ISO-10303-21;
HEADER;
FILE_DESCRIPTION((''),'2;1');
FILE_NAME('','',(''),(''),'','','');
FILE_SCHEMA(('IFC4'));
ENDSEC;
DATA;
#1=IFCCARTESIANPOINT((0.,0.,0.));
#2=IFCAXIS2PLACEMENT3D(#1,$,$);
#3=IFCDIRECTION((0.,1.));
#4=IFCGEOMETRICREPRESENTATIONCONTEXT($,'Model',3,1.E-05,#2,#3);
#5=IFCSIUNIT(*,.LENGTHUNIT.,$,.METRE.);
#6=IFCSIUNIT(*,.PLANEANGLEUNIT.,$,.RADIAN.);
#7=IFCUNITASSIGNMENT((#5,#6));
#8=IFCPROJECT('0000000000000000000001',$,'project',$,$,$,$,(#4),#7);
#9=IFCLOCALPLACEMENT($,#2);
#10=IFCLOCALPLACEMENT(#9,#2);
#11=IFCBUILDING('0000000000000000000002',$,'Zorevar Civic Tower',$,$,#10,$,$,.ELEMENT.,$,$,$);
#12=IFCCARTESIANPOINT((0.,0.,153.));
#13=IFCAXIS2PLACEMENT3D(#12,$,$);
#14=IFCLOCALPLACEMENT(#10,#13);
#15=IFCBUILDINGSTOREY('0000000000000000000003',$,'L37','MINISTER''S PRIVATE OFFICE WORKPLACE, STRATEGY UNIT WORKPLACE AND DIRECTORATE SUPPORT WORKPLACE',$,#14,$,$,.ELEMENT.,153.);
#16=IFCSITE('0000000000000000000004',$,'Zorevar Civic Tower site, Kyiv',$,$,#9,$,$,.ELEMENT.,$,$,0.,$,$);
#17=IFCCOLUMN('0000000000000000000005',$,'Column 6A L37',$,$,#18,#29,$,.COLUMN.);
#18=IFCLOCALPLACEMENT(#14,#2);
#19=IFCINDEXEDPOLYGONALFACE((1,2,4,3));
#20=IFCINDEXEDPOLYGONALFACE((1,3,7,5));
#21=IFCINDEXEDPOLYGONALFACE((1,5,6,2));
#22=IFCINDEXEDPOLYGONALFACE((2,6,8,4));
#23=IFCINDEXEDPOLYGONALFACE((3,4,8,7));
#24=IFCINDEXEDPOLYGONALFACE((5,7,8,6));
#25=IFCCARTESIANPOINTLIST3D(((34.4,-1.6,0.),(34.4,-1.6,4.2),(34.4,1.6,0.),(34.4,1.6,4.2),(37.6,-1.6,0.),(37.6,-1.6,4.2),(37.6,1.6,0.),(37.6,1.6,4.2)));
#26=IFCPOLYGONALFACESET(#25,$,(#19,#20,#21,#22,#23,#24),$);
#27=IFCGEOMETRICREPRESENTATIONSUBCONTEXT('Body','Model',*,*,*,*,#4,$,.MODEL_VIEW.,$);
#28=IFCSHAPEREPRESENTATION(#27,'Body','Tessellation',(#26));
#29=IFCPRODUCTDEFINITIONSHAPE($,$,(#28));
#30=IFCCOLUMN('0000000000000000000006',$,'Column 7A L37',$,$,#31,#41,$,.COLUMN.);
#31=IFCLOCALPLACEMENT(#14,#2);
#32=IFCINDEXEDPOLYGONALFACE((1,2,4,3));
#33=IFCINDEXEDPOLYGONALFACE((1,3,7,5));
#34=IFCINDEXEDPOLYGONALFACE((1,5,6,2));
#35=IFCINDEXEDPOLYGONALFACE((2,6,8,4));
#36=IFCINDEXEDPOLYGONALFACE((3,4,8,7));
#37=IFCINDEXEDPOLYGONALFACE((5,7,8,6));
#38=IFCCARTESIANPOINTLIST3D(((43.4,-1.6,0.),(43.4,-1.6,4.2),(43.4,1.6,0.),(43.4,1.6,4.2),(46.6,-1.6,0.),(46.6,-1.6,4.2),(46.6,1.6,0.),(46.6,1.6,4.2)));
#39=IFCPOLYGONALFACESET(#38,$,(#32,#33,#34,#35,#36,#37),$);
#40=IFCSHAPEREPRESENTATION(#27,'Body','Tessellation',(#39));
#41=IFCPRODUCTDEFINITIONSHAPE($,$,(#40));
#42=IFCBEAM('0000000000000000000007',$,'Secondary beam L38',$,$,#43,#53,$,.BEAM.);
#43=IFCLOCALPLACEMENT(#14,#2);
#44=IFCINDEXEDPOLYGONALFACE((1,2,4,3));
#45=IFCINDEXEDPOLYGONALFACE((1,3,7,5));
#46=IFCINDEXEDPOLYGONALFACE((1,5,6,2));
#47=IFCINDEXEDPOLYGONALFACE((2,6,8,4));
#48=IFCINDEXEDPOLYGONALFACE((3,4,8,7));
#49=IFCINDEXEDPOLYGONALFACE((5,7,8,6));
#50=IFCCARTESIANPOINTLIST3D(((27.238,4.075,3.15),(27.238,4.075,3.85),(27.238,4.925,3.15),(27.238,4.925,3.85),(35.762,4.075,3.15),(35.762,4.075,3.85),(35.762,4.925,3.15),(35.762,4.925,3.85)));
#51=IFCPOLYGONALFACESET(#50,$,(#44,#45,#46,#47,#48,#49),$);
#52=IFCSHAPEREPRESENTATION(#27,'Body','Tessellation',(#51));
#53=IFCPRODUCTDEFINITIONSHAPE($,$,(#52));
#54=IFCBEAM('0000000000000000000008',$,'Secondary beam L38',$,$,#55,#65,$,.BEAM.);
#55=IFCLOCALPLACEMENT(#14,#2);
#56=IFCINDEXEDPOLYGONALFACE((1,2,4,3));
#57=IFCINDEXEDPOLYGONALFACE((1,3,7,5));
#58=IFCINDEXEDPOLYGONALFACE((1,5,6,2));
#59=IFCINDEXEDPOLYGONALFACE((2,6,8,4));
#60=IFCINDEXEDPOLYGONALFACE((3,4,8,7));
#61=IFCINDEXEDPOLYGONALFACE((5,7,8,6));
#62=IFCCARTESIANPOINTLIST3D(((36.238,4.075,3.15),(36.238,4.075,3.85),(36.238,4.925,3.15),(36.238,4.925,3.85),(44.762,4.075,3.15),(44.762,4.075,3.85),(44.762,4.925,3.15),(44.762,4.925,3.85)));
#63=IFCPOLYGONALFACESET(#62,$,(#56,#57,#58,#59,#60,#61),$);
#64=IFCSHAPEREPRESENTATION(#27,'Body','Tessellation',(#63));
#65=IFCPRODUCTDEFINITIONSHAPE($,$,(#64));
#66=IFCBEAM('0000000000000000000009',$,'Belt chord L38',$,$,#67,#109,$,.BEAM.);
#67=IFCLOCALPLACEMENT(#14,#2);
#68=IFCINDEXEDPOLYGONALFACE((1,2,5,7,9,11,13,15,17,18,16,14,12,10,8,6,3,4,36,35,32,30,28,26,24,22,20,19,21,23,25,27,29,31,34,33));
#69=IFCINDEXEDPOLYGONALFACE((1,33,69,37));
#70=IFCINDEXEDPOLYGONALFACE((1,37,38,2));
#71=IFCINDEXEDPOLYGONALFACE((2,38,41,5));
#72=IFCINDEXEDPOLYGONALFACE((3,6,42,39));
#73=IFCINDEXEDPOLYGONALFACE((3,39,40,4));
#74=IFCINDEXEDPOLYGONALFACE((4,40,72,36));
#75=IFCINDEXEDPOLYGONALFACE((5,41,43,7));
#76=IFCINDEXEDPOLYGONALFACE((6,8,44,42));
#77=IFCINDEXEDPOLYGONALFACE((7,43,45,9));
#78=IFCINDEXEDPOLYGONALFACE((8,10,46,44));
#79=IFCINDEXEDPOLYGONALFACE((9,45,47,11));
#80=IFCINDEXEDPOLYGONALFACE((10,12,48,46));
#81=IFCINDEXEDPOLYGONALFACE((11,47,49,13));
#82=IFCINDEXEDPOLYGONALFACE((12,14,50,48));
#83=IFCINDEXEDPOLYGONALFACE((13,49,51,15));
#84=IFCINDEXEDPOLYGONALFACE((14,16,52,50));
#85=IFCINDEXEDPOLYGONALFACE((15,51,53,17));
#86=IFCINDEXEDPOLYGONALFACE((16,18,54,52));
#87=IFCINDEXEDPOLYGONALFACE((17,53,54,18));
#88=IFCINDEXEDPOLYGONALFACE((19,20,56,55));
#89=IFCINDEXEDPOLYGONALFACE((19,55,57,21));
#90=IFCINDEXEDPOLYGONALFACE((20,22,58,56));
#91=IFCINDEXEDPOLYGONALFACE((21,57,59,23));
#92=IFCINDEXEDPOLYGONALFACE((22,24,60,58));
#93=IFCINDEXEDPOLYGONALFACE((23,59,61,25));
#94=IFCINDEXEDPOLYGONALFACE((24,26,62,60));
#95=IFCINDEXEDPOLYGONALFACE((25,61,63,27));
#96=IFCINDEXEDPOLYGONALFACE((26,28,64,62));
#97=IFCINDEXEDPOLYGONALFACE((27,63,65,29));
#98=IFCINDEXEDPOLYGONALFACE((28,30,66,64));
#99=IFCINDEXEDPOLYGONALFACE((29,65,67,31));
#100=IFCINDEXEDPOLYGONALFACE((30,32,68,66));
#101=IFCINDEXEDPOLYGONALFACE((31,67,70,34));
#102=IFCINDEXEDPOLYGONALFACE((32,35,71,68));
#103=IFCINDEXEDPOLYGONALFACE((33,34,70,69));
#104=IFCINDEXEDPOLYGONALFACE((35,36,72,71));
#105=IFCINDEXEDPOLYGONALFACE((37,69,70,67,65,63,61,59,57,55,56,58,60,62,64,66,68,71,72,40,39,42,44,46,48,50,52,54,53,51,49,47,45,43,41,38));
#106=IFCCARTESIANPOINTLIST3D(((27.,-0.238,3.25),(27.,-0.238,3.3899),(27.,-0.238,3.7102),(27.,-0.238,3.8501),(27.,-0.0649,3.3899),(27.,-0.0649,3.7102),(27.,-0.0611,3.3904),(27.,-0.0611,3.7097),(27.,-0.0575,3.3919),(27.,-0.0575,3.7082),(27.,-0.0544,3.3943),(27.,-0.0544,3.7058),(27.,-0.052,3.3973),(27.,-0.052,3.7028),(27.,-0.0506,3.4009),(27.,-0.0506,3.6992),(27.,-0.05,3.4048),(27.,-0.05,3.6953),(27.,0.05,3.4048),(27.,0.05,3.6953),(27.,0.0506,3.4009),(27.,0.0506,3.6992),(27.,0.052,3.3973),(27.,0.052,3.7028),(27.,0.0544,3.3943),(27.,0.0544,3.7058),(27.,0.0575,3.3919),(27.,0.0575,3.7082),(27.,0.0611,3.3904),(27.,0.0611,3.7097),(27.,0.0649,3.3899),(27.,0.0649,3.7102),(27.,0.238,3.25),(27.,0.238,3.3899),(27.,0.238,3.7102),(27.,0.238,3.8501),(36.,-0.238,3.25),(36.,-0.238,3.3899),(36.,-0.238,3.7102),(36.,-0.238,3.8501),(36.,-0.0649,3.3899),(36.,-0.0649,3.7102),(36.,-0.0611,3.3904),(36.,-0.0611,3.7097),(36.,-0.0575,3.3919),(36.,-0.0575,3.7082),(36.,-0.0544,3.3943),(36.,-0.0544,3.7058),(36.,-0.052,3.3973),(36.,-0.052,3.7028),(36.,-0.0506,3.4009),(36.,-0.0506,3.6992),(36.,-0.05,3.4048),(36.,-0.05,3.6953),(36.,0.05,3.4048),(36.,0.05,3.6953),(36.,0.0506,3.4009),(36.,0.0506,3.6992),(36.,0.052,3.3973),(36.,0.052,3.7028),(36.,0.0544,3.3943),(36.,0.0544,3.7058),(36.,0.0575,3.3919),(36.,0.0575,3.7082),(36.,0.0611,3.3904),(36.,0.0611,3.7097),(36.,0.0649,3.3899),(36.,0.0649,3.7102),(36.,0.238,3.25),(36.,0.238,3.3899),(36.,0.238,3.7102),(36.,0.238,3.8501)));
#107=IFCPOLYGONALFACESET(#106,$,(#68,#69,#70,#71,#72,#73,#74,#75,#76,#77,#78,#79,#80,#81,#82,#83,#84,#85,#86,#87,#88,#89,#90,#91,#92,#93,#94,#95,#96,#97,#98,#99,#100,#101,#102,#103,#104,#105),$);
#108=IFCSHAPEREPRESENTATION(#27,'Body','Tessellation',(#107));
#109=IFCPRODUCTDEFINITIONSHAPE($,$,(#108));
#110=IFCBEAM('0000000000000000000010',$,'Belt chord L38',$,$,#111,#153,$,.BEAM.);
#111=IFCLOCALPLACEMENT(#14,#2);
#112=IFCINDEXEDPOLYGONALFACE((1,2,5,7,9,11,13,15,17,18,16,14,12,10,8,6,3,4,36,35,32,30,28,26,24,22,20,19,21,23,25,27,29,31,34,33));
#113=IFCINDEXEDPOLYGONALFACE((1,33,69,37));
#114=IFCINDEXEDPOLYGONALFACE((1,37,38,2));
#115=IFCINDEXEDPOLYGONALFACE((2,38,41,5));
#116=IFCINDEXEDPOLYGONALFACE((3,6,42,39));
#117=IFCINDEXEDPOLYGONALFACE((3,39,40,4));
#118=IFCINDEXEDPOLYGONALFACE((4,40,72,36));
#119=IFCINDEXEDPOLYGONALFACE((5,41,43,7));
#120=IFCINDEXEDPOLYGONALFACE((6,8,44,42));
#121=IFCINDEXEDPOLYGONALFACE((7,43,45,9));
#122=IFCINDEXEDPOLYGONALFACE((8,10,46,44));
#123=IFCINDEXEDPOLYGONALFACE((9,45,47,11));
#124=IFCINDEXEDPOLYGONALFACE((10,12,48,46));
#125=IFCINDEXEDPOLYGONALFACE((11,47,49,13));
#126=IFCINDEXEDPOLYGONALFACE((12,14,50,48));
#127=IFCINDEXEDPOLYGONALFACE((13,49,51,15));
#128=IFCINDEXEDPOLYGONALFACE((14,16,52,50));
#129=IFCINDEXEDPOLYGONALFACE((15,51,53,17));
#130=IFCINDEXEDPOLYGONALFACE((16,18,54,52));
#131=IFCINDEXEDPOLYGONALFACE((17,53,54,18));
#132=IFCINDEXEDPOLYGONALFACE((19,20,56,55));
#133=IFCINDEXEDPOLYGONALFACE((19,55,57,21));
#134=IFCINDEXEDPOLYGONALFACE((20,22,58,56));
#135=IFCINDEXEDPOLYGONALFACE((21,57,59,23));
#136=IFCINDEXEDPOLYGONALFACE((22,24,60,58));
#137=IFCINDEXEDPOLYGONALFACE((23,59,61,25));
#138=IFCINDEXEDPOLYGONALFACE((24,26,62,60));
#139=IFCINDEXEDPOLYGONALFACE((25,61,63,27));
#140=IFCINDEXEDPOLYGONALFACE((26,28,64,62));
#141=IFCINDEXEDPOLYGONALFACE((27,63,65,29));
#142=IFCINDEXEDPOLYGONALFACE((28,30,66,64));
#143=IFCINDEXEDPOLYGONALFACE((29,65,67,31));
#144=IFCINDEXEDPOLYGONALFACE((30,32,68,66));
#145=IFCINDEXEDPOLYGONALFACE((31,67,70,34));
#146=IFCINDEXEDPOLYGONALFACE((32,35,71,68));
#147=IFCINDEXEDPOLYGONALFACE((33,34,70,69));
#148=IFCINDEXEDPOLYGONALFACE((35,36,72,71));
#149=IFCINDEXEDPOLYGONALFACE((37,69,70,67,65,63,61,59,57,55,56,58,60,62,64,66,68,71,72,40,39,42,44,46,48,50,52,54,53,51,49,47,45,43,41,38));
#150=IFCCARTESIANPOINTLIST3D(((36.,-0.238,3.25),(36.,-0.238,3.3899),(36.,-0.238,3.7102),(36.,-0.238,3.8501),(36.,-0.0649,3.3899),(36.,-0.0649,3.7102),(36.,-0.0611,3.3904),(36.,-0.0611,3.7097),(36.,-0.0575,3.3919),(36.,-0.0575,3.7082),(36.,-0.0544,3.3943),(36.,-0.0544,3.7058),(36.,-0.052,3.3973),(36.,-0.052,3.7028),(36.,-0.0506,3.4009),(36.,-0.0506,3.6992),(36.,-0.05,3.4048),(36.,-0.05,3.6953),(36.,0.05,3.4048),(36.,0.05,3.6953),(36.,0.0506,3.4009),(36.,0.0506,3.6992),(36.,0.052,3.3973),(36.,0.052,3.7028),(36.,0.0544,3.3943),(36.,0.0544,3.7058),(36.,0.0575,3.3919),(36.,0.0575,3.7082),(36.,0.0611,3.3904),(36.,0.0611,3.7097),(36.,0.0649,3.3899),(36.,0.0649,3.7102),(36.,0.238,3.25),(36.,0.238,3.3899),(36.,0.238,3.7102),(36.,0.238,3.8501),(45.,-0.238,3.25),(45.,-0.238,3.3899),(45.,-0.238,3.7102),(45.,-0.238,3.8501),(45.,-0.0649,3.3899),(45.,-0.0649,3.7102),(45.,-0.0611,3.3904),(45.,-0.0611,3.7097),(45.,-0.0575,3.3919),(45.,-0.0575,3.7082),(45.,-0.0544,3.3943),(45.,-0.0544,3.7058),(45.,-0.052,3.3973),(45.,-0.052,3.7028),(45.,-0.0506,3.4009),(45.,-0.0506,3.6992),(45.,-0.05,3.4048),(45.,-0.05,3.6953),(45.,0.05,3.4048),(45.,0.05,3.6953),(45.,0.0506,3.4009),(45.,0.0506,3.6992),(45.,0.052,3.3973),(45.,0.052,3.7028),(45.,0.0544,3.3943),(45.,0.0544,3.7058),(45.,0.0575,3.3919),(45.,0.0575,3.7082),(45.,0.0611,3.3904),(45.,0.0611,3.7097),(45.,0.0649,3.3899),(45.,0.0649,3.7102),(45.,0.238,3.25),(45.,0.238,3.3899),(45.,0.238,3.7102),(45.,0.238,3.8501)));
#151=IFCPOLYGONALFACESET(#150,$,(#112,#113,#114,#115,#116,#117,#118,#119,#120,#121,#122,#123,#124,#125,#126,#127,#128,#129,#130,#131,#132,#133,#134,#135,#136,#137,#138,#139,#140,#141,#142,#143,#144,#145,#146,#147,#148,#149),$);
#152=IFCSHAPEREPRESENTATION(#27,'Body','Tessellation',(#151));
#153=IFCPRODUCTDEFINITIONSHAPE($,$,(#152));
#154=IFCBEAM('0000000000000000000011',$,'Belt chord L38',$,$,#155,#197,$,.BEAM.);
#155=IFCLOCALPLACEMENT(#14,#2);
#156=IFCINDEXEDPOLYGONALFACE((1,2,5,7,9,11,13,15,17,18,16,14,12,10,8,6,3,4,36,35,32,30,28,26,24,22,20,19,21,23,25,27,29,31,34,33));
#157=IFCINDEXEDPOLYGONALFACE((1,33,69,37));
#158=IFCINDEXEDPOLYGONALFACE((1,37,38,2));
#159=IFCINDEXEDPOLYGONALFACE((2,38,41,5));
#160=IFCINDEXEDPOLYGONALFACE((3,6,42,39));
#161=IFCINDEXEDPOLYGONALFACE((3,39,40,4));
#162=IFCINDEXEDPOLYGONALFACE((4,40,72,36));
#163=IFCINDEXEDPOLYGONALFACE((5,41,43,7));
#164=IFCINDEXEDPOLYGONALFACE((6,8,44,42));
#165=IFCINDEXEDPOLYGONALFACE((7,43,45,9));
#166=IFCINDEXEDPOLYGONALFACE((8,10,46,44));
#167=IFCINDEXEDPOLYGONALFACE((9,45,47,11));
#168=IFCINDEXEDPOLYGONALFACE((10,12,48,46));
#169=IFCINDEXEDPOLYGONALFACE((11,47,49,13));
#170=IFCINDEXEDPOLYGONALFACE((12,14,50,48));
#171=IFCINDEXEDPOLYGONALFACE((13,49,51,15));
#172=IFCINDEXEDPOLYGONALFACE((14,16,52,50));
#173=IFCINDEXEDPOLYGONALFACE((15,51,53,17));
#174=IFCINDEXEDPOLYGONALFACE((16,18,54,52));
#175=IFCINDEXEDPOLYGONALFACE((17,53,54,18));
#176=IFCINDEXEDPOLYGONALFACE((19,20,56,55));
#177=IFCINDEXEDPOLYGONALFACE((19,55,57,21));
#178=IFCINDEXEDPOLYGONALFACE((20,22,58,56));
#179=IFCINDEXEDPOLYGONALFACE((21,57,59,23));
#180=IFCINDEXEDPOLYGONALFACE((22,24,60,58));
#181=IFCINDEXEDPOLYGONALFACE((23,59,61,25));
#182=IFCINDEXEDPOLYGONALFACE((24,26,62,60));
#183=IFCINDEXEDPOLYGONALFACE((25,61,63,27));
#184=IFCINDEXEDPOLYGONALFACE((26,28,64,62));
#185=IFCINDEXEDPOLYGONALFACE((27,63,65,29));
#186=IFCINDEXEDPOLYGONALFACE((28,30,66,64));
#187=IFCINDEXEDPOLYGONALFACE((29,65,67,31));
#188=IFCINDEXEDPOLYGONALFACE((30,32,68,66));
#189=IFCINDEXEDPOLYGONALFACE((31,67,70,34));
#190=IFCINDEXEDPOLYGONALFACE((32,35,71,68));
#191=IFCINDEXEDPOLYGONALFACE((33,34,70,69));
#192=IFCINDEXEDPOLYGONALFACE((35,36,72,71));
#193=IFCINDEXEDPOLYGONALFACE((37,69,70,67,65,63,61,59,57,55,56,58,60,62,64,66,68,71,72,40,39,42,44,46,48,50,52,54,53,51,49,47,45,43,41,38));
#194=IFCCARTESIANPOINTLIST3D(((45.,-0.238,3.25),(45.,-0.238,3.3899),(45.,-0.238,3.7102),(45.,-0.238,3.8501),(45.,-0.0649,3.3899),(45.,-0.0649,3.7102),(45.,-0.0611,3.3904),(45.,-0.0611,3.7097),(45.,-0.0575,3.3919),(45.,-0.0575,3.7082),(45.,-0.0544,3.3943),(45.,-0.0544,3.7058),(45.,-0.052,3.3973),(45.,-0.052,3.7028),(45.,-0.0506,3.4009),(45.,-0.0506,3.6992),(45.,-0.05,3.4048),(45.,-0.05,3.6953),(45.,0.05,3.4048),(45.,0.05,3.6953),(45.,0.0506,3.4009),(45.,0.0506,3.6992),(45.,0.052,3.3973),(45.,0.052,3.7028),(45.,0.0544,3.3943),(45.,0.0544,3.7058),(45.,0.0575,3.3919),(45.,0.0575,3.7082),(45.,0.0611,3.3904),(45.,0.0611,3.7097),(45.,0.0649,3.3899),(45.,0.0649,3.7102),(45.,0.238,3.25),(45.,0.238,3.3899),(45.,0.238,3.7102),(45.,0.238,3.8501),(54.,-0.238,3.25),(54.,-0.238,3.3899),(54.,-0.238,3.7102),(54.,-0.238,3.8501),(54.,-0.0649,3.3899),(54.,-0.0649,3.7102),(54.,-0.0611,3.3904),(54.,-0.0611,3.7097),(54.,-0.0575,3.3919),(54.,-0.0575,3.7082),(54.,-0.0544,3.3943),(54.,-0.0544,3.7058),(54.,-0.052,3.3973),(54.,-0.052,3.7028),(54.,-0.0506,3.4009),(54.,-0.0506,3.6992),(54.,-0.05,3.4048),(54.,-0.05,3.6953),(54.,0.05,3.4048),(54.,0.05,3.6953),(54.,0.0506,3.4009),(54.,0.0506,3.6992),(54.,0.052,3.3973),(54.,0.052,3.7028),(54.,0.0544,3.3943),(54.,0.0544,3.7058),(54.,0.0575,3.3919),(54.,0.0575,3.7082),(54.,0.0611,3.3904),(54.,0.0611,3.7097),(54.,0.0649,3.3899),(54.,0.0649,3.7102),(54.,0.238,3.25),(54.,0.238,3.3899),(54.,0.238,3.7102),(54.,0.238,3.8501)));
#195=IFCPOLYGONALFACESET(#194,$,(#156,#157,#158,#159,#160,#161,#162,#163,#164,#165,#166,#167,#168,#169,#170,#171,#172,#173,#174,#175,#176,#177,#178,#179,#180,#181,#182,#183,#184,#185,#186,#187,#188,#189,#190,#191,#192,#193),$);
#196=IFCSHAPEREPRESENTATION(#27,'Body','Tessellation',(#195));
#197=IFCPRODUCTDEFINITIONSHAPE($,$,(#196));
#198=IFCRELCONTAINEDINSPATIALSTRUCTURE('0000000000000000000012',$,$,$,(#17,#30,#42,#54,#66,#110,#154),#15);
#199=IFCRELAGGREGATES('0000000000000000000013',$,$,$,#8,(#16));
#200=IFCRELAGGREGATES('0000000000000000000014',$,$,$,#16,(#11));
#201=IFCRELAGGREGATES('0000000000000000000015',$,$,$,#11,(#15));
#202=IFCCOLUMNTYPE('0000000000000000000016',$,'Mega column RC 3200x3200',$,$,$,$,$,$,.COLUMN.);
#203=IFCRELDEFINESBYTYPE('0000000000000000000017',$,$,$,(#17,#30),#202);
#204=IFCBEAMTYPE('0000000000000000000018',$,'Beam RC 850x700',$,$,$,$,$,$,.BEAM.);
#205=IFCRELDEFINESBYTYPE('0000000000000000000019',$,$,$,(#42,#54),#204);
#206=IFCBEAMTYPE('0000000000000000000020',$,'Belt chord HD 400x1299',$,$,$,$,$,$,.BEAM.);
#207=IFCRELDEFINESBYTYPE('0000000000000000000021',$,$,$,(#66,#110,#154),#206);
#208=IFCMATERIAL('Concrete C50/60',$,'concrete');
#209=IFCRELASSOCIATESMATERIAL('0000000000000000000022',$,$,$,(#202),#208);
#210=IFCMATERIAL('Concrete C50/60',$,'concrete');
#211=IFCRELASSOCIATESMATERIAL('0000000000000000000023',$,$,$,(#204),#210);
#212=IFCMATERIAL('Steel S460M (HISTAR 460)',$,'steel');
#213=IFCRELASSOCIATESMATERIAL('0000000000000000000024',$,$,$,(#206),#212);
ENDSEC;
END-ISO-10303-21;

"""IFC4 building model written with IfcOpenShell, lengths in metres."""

from ifc_helpers import new_model, si_unit, direction, frame, origin, origin_2d, place, context, subcontext, project, spatial, rectangle, i_section, extrude, material, material_profile, profile_set, type_object, element, save


model = new_model("IFC4")

# Units and contexts
model_context = context("Model", 3, precision=1e-05, world=origin(), true_north=direction((0.0, 1.0)))
body_context = subcontext(model_context, "Body", "Model", "MODEL_VIEW")
ifc_project = project(units=[si_unit("LENGTHUNIT", "METRE"), si_unit("PLANEANGLEUNIT", "RADIAN")], contexts=[model_context])

# Site, building, storey
site_placement = place(None, origin())
site = spatial("IfcSite", under=ifc_project, at=site_placement, Name="Zorevar Civic Tower site, Kyiv", CompositionType="ELEMENT", RefElevation=0.0)
building_placement = place(site_placement, origin())
building = spatial("IfcBuilding", under=site, at=building_placement, Name="Zorevar Civic Tower", CompositionType="ELEMENT")
storey_placement = place(building_placement, frame((0.0, 0.0, 153.0)))
storey = spatial("IfcBuildingStorey", under=building, at=storey_placement, Name="L37", Description="MINISTER'S PRIVATE OFFICE WORKPLACE, STRATEGY UNIT WORKPLACE AND DIRECTORATE SUPPORT WORKPLACE", CompositionType="ELEMENT", Elevation=153.0)

# Columns
ifc_material_1 = material(Name="Concrete C50/60", Category="concrete")
ifc_material_profile_1 = material_profile(ifc_material_1, rectangle(XDim=3.2, YDim=3.2, at=origin_2d()), Name="RC 3200x3200")
ifc_profile_set_1 = profile_set([ifc_material_profile_1], Name="Concrete C50/60")
column_type = type_object("IfcColumnType", Name="Mega column RC 3200x3200", PredefinedType="COLUMN", material=ifc_profile_set_1)
for number, where, z_axis, x_axis, name in (
    (1, (36.0, 0.0, 0.0), (0.0, 0.0, 1.0), (1.0, 0.0, 0.0), "Column 6A L37"),
    (2, (45.0, 0.0, 0.0), (0.0, 0.0, 1.0), (1.0, 0.0, 0.0), "Column 7A L37"),
):
    element("IfcColumn", number, at=place(storey_placement, frame(where, z_axis=z_axis, x_axis=x_axis)), inside=storey, type_object=column_type, Name=name, PredefinedType="COLUMN", context=body_context, shape_type="SweptSolid", body=[
        extrude(rectangle(XDim=3.2, YDim=3.2, at=origin_2d()), origin(), (0.0, 0.0, 1.0), 4.2),
    ])

# Beams
ifc_material_2 = material(Name="Concrete C50/60", Category="concrete")
ifc_material_profile_2 = material_profile(ifc_material_2, rectangle(XDim=0.8501, YDim=0.7, at=origin_2d()), Name="RC 850x700")
ifc_profile_set_2 = profile_set([ifc_material_profile_2], Name="Concrete C50/60")
beam_type_1 = type_object("IfcBeamType", Name="Beam RC 850x700", PredefinedType="BEAM", material=ifc_profile_set_2)
for number, where, z_axis, x_axis, name in (
    (3, (27.238, 4.5, 3.5), (1.0, 0.0, 0.0), (0.0, 1.0, 0.0), "Secondary beam L38"),
    (4, (36.238, 4.5, 3.5), (1.0, 0.0, 0.0), (0.0, 1.0, 0.0), "Secondary beam L38"),
):
    element("IfcBeam", number, at=place(storey_placement, frame(where, z_axis=z_axis, x_axis=x_axis)), inside=storey, type_object=beam_type_1, Name=name, PredefinedType="BEAM", context=body_context, shape_type="SweptSolid", body=[
        extrude(rectangle(XDim=0.8501, YDim=0.7, at=origin_2d()), origin(), (0.0, 0.0, 1.0), 8.5239),
    ])
ifc_material_3 = material(Name="Steel S460M (HISTAR 460)", Category="steel")
ifc_material_profile_3 = material_profile(ifc_material_3, i_section(OverallWidth=0.4761, OverallDepth=0.6001, WebThickness=0.1001, FlangeThickness=0.1399, FilletRadius=0.0149, at=origin_2d()), Name="HD 400x1299")
ifc_profile_set_3 = profile_set([ifc_material_profile_3], Name="Steel S460M (HISTAR 460)")
beam_type_2 = type_object("IfcBeamType", Name="Belt chord HD 400x1299", PredefinedType="BEAM", material=ifc_profile_set_3)
for number, where, z_axis, x_axis, name in (
    (5, (27.0, 0.0, 3.55), (1.0, 0.0, 0.0), (0.0, 1.0, 0.0), "Belt chord L38"),
    (6, (36.0, 0.0, 3.55), (1.0, 0.0, 0.0), (0.0, 1.0, 0.0), "Belt chord L38"),
    (7, (45.0, 0.0, 3.55), (1.0, 0.0, 0.0), (0.0, 1.0, 0.0), "Belt chord L38"),
):
    element("IfcBeam", number, at=place(storey_placement, frame(where, z_axis=z_axis, x_axis=x_axis)), inside=storey, type_object=beam_type_2, Name=name, PredefinedType="BEAM", context=body_context, shape_type="SweptSolid", body=[
        extrude(i_section(OverallWidth=0.4761, OverallDepth=0.6001, WebThickness=0.1001, FlangeThickness=0.1399, FilletRadius=0.0149, at=origin_2d()), origin(), (0.0, 0.0, 1.0), 9.0),
    ])

save(model, "model.ifc")
